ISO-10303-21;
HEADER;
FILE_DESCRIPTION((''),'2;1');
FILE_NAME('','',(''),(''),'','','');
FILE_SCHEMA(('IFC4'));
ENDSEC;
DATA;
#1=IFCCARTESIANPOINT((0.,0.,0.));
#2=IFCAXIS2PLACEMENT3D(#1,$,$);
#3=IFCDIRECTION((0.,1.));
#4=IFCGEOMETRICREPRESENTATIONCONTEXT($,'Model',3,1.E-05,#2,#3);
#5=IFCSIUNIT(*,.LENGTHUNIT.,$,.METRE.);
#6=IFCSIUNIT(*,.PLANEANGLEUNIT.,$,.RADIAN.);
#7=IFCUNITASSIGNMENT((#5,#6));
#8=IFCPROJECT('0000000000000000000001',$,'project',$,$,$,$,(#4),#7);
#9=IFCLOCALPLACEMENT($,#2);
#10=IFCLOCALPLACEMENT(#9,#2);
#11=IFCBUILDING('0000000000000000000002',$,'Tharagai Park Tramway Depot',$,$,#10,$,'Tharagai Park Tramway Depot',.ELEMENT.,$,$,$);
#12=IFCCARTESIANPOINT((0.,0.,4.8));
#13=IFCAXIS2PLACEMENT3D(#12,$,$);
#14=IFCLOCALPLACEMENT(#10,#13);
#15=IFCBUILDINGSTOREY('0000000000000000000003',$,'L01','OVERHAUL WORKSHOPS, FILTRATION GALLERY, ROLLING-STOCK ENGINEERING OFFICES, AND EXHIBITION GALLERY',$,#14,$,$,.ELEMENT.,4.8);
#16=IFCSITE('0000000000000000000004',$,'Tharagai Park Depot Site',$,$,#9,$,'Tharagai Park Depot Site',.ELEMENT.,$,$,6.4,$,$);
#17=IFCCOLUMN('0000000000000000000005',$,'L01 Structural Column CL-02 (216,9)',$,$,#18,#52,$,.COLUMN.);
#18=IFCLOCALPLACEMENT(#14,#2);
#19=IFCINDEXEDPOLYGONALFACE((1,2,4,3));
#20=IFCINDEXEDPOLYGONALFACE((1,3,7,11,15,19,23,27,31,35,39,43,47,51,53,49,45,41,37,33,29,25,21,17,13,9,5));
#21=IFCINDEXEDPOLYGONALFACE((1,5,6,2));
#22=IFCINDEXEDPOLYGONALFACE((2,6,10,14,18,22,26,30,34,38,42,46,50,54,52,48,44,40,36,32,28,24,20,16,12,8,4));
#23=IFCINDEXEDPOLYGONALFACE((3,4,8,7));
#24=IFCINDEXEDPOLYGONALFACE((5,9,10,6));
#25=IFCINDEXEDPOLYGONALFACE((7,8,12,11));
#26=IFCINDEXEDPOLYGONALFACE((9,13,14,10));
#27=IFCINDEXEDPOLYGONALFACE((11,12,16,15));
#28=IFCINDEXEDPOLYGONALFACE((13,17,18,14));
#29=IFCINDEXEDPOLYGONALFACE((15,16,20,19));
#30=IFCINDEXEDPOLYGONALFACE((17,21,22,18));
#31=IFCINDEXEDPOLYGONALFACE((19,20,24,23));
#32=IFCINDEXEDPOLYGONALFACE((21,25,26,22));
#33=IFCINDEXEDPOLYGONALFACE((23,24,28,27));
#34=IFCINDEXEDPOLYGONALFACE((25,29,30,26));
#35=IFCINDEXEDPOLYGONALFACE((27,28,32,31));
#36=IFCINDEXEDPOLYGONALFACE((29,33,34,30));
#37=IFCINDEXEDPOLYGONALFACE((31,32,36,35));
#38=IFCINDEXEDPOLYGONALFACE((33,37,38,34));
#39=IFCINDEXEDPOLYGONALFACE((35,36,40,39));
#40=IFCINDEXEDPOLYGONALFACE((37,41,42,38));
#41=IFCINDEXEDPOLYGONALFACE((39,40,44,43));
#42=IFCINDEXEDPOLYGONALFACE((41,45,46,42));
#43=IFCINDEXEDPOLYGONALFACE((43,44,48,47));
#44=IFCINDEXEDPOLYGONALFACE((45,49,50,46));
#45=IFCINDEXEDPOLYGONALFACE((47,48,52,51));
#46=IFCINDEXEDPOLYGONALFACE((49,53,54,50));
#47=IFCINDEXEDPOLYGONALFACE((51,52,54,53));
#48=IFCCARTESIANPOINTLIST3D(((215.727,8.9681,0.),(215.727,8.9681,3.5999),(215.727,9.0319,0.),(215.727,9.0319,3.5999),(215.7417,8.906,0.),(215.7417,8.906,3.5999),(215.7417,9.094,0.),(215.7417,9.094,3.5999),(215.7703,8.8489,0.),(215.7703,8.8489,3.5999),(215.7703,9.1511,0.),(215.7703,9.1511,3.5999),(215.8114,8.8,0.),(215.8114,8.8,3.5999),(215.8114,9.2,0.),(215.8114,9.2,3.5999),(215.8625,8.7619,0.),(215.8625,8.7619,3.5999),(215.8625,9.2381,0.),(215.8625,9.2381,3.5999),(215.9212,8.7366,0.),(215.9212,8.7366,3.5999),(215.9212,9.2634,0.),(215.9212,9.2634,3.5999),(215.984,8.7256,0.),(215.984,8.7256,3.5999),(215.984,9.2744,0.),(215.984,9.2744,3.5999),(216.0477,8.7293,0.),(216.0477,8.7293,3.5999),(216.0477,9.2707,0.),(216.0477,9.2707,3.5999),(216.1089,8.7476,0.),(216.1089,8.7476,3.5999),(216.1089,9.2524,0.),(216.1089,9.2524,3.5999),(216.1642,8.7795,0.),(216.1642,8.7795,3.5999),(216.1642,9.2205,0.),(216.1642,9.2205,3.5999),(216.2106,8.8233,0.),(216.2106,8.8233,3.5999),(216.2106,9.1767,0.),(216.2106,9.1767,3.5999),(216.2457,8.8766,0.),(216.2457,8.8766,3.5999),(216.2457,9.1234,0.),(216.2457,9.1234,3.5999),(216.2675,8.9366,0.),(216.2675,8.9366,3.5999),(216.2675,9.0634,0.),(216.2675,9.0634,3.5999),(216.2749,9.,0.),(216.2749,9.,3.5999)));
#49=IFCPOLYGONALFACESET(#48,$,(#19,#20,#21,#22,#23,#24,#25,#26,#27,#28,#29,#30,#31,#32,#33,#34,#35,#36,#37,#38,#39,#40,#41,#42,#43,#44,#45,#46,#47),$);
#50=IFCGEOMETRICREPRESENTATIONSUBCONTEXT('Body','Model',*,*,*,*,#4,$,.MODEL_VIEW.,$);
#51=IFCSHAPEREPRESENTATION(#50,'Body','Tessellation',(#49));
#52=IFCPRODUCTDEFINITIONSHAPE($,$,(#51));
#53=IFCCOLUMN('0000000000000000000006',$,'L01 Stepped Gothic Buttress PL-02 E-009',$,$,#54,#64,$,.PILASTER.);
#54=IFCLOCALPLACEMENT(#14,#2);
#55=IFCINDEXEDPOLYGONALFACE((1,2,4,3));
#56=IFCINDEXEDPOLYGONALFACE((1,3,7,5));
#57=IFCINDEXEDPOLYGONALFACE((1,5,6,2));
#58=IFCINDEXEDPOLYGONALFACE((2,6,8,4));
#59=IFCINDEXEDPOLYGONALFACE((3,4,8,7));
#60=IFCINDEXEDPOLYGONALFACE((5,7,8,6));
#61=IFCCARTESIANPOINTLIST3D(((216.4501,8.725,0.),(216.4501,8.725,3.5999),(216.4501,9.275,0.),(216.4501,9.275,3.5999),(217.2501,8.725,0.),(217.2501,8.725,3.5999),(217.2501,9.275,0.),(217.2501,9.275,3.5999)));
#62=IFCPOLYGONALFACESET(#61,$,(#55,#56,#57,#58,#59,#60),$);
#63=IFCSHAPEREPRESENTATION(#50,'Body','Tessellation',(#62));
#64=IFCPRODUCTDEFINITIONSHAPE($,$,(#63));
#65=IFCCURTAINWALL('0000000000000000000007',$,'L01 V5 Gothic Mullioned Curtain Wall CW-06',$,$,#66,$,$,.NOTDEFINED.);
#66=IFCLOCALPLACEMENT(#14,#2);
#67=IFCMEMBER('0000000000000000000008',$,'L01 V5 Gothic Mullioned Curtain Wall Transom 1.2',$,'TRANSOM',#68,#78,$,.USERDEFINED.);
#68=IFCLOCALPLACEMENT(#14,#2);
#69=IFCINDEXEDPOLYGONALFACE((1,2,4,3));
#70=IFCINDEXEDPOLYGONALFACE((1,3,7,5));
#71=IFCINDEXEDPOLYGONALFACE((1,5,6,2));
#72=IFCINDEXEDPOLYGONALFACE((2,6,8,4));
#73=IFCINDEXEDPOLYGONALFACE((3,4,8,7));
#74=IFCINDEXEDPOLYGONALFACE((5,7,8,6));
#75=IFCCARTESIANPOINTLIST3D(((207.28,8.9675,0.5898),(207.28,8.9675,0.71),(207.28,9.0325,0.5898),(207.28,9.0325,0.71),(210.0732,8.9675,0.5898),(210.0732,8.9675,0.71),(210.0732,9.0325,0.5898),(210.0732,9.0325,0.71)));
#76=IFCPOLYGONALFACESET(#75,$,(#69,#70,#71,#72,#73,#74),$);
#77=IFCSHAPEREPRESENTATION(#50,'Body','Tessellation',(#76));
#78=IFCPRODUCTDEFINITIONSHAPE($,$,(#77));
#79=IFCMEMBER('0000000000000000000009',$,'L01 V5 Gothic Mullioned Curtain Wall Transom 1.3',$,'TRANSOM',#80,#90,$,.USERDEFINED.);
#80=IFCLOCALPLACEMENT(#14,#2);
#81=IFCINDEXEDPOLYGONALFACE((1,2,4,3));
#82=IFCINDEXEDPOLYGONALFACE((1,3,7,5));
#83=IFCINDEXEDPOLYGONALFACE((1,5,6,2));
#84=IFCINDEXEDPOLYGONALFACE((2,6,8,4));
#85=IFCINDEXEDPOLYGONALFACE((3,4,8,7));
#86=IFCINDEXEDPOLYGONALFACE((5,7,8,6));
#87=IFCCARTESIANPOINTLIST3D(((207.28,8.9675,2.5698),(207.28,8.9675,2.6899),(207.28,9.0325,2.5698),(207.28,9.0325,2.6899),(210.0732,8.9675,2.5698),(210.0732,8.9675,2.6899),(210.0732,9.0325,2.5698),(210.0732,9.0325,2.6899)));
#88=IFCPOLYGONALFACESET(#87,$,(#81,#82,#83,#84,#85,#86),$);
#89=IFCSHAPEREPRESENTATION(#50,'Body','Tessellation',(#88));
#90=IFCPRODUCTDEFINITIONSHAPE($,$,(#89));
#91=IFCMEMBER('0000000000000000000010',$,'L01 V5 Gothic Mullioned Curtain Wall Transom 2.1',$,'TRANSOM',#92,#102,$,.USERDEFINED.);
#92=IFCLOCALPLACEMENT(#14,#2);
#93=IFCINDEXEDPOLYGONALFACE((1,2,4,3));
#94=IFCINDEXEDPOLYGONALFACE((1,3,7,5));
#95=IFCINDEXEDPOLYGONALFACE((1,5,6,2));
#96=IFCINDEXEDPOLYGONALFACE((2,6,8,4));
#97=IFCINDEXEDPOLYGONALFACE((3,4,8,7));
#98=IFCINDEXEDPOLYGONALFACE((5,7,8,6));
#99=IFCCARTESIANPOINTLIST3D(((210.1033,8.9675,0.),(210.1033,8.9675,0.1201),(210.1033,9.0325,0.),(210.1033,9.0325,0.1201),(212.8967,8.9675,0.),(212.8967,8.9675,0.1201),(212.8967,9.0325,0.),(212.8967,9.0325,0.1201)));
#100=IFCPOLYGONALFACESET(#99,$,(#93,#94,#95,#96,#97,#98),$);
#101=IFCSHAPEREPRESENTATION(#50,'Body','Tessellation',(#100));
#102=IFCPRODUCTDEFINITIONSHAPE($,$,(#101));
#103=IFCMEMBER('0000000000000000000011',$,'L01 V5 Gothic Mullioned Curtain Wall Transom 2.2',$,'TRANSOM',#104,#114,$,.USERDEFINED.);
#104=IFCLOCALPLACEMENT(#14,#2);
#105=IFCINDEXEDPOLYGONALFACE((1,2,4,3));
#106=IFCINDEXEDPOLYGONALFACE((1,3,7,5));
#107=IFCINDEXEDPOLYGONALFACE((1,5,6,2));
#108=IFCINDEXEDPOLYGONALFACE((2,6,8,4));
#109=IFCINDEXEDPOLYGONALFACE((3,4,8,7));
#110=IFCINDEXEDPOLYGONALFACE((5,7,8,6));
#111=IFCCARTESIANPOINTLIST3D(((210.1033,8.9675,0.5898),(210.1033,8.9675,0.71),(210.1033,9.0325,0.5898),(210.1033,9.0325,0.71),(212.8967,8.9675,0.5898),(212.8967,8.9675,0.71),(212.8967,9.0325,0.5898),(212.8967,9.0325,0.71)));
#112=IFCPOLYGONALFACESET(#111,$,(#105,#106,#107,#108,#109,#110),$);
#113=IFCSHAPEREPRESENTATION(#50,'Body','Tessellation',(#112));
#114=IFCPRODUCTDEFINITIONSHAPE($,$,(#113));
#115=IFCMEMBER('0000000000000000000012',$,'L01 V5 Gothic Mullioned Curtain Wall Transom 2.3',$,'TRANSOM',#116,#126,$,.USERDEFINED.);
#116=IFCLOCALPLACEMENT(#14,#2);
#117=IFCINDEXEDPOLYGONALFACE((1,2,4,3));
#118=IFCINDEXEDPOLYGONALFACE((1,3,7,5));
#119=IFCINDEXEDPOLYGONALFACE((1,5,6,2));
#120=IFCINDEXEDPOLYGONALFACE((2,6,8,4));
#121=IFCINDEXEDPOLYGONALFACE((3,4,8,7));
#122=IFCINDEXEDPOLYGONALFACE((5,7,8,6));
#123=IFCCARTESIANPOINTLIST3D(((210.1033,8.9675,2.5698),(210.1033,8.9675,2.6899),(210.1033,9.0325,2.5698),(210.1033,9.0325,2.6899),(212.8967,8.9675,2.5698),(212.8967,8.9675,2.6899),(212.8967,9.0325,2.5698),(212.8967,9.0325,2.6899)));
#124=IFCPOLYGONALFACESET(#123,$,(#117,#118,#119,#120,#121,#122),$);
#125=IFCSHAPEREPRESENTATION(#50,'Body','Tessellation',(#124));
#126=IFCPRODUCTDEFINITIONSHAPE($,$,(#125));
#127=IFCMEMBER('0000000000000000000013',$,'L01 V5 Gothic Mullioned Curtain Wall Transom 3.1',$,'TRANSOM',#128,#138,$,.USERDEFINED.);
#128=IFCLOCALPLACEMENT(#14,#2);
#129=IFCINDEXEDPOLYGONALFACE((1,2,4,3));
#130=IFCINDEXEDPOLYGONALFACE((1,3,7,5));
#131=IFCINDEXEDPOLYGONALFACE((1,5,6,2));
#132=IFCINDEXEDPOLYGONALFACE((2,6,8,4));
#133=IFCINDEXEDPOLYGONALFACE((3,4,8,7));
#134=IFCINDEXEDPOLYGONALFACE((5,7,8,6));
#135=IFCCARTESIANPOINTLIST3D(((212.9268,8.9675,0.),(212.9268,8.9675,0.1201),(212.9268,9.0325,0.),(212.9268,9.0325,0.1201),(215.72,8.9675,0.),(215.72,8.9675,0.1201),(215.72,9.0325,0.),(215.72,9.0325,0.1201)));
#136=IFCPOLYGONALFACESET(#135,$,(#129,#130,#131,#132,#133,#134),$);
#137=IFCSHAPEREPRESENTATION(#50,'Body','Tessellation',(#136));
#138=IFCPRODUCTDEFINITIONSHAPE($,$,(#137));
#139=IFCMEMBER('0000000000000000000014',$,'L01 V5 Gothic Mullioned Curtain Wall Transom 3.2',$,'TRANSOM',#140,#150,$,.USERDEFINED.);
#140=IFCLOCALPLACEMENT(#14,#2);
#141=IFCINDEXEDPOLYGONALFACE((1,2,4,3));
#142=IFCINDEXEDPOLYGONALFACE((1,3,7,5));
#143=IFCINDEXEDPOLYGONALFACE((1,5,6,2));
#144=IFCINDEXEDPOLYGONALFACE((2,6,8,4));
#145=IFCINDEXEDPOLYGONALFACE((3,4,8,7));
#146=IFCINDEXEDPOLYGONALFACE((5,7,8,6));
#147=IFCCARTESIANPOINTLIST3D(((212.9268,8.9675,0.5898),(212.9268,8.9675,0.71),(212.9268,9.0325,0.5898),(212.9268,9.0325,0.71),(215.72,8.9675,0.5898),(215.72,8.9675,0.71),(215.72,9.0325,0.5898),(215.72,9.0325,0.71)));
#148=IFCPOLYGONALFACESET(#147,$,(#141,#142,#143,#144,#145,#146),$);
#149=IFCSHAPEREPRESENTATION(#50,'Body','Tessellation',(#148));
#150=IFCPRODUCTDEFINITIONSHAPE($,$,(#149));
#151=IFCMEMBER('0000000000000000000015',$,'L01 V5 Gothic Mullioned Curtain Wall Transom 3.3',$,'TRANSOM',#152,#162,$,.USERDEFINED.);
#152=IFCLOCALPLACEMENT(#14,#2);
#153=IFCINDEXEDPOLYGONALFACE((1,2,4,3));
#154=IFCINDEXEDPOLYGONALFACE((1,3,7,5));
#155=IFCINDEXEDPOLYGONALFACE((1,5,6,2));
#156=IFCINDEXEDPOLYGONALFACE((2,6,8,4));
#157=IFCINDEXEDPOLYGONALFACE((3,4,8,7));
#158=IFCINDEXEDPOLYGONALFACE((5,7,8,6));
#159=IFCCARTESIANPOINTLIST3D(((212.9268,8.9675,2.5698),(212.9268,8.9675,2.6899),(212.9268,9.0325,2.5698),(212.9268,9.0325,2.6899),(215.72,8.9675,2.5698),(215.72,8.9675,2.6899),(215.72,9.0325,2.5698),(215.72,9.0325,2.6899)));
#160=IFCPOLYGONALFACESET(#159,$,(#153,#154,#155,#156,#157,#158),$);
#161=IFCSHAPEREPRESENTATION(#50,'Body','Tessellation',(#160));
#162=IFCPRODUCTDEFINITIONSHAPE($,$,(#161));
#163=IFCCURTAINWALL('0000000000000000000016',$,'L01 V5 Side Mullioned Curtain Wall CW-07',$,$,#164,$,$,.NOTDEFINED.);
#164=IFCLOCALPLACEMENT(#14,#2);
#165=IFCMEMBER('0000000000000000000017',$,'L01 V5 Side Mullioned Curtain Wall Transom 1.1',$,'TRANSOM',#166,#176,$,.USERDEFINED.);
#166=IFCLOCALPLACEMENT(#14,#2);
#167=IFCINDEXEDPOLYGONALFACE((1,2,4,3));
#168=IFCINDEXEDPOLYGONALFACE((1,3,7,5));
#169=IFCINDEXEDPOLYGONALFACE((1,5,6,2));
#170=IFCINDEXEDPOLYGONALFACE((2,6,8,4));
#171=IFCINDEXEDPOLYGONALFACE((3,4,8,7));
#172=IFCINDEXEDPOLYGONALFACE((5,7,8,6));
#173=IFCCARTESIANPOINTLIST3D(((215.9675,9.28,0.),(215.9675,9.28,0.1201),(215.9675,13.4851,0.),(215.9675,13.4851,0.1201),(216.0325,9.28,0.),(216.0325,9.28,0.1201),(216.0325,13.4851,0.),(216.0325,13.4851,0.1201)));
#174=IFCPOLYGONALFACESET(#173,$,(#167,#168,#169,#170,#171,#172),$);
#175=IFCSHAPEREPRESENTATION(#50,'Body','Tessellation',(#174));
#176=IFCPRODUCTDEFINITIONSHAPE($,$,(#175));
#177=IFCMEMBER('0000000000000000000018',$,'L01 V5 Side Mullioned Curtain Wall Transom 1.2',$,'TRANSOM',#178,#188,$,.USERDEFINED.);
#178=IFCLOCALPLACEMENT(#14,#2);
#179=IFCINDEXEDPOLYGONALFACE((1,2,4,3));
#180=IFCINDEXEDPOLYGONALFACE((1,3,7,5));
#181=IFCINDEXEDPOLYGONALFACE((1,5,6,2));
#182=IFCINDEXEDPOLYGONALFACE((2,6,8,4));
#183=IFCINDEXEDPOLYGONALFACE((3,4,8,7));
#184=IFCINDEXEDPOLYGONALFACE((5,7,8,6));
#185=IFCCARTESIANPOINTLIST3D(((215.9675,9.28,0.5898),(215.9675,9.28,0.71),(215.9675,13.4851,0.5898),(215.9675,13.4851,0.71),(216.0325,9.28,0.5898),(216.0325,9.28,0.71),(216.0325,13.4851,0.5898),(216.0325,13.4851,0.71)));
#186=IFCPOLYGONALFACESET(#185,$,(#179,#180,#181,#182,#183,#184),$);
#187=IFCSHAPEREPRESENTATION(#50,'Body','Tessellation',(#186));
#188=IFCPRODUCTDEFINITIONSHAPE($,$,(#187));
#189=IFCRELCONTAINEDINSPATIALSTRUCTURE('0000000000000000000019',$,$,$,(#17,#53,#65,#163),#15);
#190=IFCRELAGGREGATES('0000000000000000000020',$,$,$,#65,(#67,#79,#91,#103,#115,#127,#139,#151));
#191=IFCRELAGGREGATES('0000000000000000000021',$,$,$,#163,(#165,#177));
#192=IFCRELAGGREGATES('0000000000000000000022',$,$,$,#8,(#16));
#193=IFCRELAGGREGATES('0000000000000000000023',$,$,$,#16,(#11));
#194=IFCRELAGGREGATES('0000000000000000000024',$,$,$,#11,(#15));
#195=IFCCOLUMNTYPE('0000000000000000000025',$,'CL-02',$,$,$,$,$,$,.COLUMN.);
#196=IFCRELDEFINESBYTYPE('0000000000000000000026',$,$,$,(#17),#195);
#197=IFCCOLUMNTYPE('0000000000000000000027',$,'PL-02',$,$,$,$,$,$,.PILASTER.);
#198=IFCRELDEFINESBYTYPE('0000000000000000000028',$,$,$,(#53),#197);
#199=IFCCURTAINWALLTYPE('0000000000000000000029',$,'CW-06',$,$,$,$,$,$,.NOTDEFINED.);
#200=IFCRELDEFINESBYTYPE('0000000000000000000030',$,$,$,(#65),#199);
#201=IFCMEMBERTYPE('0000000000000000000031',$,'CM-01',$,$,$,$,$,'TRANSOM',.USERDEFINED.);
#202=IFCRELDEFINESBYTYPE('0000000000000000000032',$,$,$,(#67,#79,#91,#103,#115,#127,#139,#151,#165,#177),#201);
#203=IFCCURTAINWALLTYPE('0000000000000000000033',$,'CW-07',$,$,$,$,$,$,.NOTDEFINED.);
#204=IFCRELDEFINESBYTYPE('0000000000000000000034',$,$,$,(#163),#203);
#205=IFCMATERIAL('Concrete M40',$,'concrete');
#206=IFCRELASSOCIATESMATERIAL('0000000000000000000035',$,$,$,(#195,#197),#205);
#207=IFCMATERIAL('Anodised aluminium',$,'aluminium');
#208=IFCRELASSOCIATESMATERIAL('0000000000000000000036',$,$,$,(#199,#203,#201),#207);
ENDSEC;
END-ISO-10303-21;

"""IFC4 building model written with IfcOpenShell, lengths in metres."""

from ifc_helpers import new_model, si_unit, direction, frame, origin, origin_2d, place, context, subcontext, project, spatial, rectangle, circle, extrude, material, material_profile, profile_set, type_object, element, aggregate, save


model = new_model("IFC4")

# Units and contexts
model_context = context("Model", 3, precision=1e-05, world=origin(), true_north=direction((0.0, 1.0)))
body_context = subcontext(model_context, "Body", "Model", "MODEL_VIEW")
ifc_project = project(units=[si_unit("LENGTHUNIT", "METRE"), si_unit("PLANEANGLEUNIT", "RADIAN")], contexts=[model_context])

# Site, building, storey
site_placement = place(None, origin())
site = spatial("IfcSite", under=ifc_project, at=site_placement, Name="Tharagai Park Depot Site", LongName="Tharagai Park Depot Site", CompositionType="ELEMENT", RefElevation=6.4)
building_placement = place(site_placement, origin())
building = spatial("IfcBuilding", under=site, at=building_placement, Name="Tharagai Park Tramway Depot", LongName="Tharagai Park Tramway Depot", CompositionType="ELEMENT")
storey_placement = place(building_placement, frame((0.0, 0.0, 4.8)))
storey = spatial("IfcBuildingStorey", under=building, at=storey_placement, Name="L01", Description="OVERHAUL WORKSHOPS, FILTRATION GALLERY, ROLLING-STOCK ENGINEERING OFFICES, AND EXHIBITION GALLERY", CompositionType="ELEMENT", Elevation=4.8)

# Columns
ifc_material_1 = material(Name="Concrete M40", Category="concrete")
ifc_material_profile_1 = material_profile(ifc_material_1, circle(Radius=0.2749, at=origin_2d()), Name="RC D550")
ifc_profile_set_1 = profile_set([ifc_material_profile_1], Name="Concrete M40")
column_type_1 = type_object("IfcColumnType", Name="CL-02", PredefinedType="COLUMN", material=ifc_profile_set_1)
column_1_placement = place(storey_placement, frame((216.0, 9.0, 0.0), z_axis=(0.0, 0.0, 1.0), x_axis=(1.0, 0.0, 0.0)))
element("IfcColumn", 1, at=column_1_placement, inside=storey, type_object=column_type_1, Name="L01 Structural Column CL-02 (216,9)", PredefinedType="COLUMN", context=body_context, shape_type="SweptSolid", body=[
    extrude(circle(Radius=0.2749, at=origin_2d()), origin(), (0.0, 0.0, 1.0), 3.5999),
])
ifc_material_profile_2 = material_profile(ifc_material_1, rectangle(XDim=0.55, YDim=0.8, at=origin_2d()), Name="RC 550x800")
ifc_profile_set_2 = profile_set([ifc_material_profile_2], Name="Concrete M40")
column_type_2 = type_object("IfcColumnType", Name="PL-02", PredefinedType="PILASTER", material=ifc_profile_set_2)
column_2_placement = place(storey_placement, frame((216.8501, 9.0, 0.0), z_axis=(0.0, 0.0, 1.0), x_axis=(0.0, 1.0, 0.0)))
element("IfcColumn", 2, at=column_2_placement, inside=storey, type_object=column_type_2, Name="L01 Stepped Gothic Buttress PL-02 E-009", PredefinedType="PILASTER", context=body_context, shape_type="SweptSolid", body=[
    extrude(rectangle(XDim=0.55, YDim=0.8, at=origin_2d()), origin(), (0.0, 0.0, 1.0), 3.5999),
])

# Curtain walls, members
ifc_material_2 = material(Name="Anodised aluminium", Category="aluminium")
curtain_wall_type_1 = type_object("IfcCurtainWallType", Name="CW-06", PredefinedType="NOTDEFINED", material=ifc_material_2)
curtain_wall_1_placement = place(storey_placement, origin())
curtain_wall_1 = element("IfcCurtainWall", 3, at=curtain_wall_1_placement, inside=storey, type_object=curtain_wall_type_1, Name="L01 V5 Gothic Mullioned Curtain Wall CW-06", PredefinedType="NOTDEFINED")
ifc_material_profile_3 = material_profile(ifc_material_2, rectangle(XDim=0.0649, YDim=0.1201, at=origin_2d()), Name="ALU 65x120")
ifc_profile_set_3 = profile_set([ifc_material_profile_3], Name="Anodised aluminium")
member_type_1 = type_object("IfcMemberType", Name="CM-01", ElementType="TRANSOM", PredefinedType="USERDEFINED", material=ifc_profile_set_3)
member_1_placement = place(storey_placement, frame((207.28, 9.0, 0.6499), z_axis=(1.0, 0.0, 0.0), x_axis=(0.0, 1.0, 0.0)))
member_1 = element("IfcMember", 4, at=member_1_placement, type_object=member_type_1, Name="L01 V5 Gothic Mullioned Curtain Wall Transom 1.2", ObjectType="TRANSOM", PredefinedType="USERDEFINED", context=body_context, shape_type="SweptSolid", body=[
    extrude(rectangle(XDim=0.0649, YDim=0.1201, at=origin_2d()), origin(), (0.0, 0.0, 1.0), 2.7932),
])
member_2_placement = place(storey_placement, frame((207.28, 9.0, 2.6299), z_axis=(1.0, 0.0, 0.0), x_axis=(0.0, 1.0, 0.0)))
member_2 = element("IfcMember", 5, at=member_2_placement, type_object=member_type_1, Name="L01 V5 Gothic Mullioned Curtain Wall Transom 1.3", ObjectType="TRANSOM", PredefinedType="USERDEFINED", context=body_context, shape_type="SweptSolid", body=[
    extrude(rectangle(XDim=0.0649, YDim=0.1201, at=origin_2d()), origin(), (0.0, 0.0, 1.0), 2.7932),
])
member_3_placement = place(storey_placement, frame((210.1033, 9.0, 0.0601), z_axis=(1.0, 0.0, 0.0), x_axis=(0.0, 1.0, 0.0)))
member_3 = element("IfcMember", 6, at=member_3_placement, type_object=member_type_1, Name="L01 V5 Gothic Mullioned Curtain Wall Transom 2.1", ObjectType="TRANSOM", PredefinedType="USERDEFINED", context=body_context, shape_type="SweptSolid", body=[
    extrude(rectangle(XDim=0.0649, YDim=0.1201, at=origin_2d()), origin(), (0.0, 0.0, 1.0), 2.7935),
])
member_4_placement = place(storey_placement, frame((210.1033, 9.0, 0.6499), z_axis=(1.0, 0.0, 0.0), x_axis=(0.0, 1.0, 0.0)))
member_4 = element("IfcMember", 7, at=member_4_placement, type_object=member_type_1, Name="L01 V5 Gothic Mullioned Curtain Wall Transom 2.2", ObjectType="TRANSOM", PredefinedType="USERDEFINED", context=body_context, shape_type="SweptSolid", body=[
    extrude(rectangle(XDim=0.0649, YDim=0.1201, at=origin_2d()), origin(), (0.0, 0.0, 1.0), 2.7935),
])
member_5_placement = place(storey_placement, frame((210.1033, 9.0, 2.6299), z_axis=(1.0, 0.0, 0.0), x_axis=(0.0, 1.0, 0.0)))
member_5 = element("IfcMember", 8, at=member_5_placement, type_object=member_type_1, Name="L01 V5 Gothic Mullioned Curtain Wall Transom 2.3", ObjectType="TRANSOM", PredefinedType="USERDEFINED", context=body_context, shape_type="SweptSolid", body=[
    extrude(rectangle(XDim=0.0649, YDim=0.1201, at=origin_2d()), origin(), (0.0, 0.0, 1.0), 2.7935),
])
member_6_placement = place(storey_placement, frame((212.9268, 9.0, 0.0601), z_axis=(1.0, 0.0, 0.0), x_axis=(0.0, 1.0, 0.0)))
member_6 = element("IfcMember", 9, at=member_6_placement, type_object=member_type_1, Name="L01 V5 Gothic Mullioned Curtain Wall Transom 3.1", ObjectType="TRANSOM", PredefinedType="USERDEFINED", context=body_context, shape_type="SweptSolid", body=[
    extrude(rectangle(XDim=0.0649, YDim=0.1201, at=origin_2d()), origin(), (0.0, 0.0, 1.0), 2.7932),
])
member_7_placement = place(storey_placement, frame((212.9268, 9.0, 0.6499), z_axis=(1.0, 0.0, 0.0), x_axis=(0.0, 1.0, 0.0)))
member_7 = element("IfcMember", 10, at=member_7_placement, type_object=member_type_1, Name="L01 V5 Gothic Mullioned Curtain Wall Transom 3.2", ObjectType="TRANSOM", PredefinedType="USERDEFINED", context=body_context, shape_type="SweptSolid", body=[
    extrude(rectangle(XDim=0.0649, YDim=0.1201, at=origin_2d()), origin(), (0.0, 0.0, 1.0), 2.7932),
])
member_8_placement = place(storey_placement, frame((212.9268, 9.0, 2.6299), z_axis=(1.0, 0.0, 0.0), x_axis=(0.0, 1.0, 0.0)))
member_8 = element("IfcMember", 11, at=member_8_placement, type_object=member_type_1, Name="L01 V5 Gothic Mullioned Curtain Wall Transom 3.3", ObjectType="TRANSOM", PredefinedType="USERDEFINED", context=body_context, shape_type="SweptSolid", body=[
    extrude(rectangle(XDim=0.0649, YDim=0.1201, at=origin_2d()), origin(), (0.0, 0.0, 1.0), 2.7932),
])
curtain_wall_type_2 = type_object("IfcCurtainWallType", Name="CW-07", PredefinedType="NOTDEFINED", material=ifc_material_2)
curtain_wall_2_placement = place(storey_placement, origin())
curtain_wall_2 = element("IfcCurtainWall", 12, at=curtain_wall_2_placement, inside=storey, type_object=curtain_wall_type_2, Name="L01 V5 Side Mullioned Curtain Wall CW-07", PredefinedType="NOTDEFINED")
member_9_placement = place(storey_placement, frame((216.0, 9.28, 0.0601), z_axis=(0.0, 1.0, 0.0), x_axis=(-1.0, 0.0, 0.0)))
member_9 = element("IfcMember", 13, at=member_9_placement, type_object=member_type_1, Name="L01 V5 Side Mullioned Curtain Wall Transom 1.1", ObjectType="TRANSOM", PredefinedType="USERDEFINED", context=body_context, shape_type="SweptSolid", body=[
    extrude(rectangle(XDim=0.0649, YDim=0.1201, at=origin_2d()), origin(), (0.0, 0.0, 1.0), 4.2051),
])
member_10_placement = place(storey_placement, frame((216.0, 9.28, 0.6499), z_axis=(0.0, 1.0, 0.0), x_axis=(-1.0, 0.0, 0.0)))
member_10 = element("IfcMember", 14, at=member_10_placement, type_object=member_type_1, Name="L01 V5 Side Mullioned Curtain Wall Transom 1.2", ObjectType="TRANSOM", PredefinedType="USERDEFINED", context=body_context, shape_type="SweptSolid", body=[
    extrude(rectangle(XDim=0.0649, YDim=0.1201, at=origin_2d()), origin(), (0.0, 0.0, 1.0), 4.2051),
])

aggregate(curtain_wall_1, [member_1, member_2, member_3, member_4, member_5, member_6, member_7, member_8])
aggregate(curtain_wall_2, [member_9, member_10])

save(model, "model.ifc")
